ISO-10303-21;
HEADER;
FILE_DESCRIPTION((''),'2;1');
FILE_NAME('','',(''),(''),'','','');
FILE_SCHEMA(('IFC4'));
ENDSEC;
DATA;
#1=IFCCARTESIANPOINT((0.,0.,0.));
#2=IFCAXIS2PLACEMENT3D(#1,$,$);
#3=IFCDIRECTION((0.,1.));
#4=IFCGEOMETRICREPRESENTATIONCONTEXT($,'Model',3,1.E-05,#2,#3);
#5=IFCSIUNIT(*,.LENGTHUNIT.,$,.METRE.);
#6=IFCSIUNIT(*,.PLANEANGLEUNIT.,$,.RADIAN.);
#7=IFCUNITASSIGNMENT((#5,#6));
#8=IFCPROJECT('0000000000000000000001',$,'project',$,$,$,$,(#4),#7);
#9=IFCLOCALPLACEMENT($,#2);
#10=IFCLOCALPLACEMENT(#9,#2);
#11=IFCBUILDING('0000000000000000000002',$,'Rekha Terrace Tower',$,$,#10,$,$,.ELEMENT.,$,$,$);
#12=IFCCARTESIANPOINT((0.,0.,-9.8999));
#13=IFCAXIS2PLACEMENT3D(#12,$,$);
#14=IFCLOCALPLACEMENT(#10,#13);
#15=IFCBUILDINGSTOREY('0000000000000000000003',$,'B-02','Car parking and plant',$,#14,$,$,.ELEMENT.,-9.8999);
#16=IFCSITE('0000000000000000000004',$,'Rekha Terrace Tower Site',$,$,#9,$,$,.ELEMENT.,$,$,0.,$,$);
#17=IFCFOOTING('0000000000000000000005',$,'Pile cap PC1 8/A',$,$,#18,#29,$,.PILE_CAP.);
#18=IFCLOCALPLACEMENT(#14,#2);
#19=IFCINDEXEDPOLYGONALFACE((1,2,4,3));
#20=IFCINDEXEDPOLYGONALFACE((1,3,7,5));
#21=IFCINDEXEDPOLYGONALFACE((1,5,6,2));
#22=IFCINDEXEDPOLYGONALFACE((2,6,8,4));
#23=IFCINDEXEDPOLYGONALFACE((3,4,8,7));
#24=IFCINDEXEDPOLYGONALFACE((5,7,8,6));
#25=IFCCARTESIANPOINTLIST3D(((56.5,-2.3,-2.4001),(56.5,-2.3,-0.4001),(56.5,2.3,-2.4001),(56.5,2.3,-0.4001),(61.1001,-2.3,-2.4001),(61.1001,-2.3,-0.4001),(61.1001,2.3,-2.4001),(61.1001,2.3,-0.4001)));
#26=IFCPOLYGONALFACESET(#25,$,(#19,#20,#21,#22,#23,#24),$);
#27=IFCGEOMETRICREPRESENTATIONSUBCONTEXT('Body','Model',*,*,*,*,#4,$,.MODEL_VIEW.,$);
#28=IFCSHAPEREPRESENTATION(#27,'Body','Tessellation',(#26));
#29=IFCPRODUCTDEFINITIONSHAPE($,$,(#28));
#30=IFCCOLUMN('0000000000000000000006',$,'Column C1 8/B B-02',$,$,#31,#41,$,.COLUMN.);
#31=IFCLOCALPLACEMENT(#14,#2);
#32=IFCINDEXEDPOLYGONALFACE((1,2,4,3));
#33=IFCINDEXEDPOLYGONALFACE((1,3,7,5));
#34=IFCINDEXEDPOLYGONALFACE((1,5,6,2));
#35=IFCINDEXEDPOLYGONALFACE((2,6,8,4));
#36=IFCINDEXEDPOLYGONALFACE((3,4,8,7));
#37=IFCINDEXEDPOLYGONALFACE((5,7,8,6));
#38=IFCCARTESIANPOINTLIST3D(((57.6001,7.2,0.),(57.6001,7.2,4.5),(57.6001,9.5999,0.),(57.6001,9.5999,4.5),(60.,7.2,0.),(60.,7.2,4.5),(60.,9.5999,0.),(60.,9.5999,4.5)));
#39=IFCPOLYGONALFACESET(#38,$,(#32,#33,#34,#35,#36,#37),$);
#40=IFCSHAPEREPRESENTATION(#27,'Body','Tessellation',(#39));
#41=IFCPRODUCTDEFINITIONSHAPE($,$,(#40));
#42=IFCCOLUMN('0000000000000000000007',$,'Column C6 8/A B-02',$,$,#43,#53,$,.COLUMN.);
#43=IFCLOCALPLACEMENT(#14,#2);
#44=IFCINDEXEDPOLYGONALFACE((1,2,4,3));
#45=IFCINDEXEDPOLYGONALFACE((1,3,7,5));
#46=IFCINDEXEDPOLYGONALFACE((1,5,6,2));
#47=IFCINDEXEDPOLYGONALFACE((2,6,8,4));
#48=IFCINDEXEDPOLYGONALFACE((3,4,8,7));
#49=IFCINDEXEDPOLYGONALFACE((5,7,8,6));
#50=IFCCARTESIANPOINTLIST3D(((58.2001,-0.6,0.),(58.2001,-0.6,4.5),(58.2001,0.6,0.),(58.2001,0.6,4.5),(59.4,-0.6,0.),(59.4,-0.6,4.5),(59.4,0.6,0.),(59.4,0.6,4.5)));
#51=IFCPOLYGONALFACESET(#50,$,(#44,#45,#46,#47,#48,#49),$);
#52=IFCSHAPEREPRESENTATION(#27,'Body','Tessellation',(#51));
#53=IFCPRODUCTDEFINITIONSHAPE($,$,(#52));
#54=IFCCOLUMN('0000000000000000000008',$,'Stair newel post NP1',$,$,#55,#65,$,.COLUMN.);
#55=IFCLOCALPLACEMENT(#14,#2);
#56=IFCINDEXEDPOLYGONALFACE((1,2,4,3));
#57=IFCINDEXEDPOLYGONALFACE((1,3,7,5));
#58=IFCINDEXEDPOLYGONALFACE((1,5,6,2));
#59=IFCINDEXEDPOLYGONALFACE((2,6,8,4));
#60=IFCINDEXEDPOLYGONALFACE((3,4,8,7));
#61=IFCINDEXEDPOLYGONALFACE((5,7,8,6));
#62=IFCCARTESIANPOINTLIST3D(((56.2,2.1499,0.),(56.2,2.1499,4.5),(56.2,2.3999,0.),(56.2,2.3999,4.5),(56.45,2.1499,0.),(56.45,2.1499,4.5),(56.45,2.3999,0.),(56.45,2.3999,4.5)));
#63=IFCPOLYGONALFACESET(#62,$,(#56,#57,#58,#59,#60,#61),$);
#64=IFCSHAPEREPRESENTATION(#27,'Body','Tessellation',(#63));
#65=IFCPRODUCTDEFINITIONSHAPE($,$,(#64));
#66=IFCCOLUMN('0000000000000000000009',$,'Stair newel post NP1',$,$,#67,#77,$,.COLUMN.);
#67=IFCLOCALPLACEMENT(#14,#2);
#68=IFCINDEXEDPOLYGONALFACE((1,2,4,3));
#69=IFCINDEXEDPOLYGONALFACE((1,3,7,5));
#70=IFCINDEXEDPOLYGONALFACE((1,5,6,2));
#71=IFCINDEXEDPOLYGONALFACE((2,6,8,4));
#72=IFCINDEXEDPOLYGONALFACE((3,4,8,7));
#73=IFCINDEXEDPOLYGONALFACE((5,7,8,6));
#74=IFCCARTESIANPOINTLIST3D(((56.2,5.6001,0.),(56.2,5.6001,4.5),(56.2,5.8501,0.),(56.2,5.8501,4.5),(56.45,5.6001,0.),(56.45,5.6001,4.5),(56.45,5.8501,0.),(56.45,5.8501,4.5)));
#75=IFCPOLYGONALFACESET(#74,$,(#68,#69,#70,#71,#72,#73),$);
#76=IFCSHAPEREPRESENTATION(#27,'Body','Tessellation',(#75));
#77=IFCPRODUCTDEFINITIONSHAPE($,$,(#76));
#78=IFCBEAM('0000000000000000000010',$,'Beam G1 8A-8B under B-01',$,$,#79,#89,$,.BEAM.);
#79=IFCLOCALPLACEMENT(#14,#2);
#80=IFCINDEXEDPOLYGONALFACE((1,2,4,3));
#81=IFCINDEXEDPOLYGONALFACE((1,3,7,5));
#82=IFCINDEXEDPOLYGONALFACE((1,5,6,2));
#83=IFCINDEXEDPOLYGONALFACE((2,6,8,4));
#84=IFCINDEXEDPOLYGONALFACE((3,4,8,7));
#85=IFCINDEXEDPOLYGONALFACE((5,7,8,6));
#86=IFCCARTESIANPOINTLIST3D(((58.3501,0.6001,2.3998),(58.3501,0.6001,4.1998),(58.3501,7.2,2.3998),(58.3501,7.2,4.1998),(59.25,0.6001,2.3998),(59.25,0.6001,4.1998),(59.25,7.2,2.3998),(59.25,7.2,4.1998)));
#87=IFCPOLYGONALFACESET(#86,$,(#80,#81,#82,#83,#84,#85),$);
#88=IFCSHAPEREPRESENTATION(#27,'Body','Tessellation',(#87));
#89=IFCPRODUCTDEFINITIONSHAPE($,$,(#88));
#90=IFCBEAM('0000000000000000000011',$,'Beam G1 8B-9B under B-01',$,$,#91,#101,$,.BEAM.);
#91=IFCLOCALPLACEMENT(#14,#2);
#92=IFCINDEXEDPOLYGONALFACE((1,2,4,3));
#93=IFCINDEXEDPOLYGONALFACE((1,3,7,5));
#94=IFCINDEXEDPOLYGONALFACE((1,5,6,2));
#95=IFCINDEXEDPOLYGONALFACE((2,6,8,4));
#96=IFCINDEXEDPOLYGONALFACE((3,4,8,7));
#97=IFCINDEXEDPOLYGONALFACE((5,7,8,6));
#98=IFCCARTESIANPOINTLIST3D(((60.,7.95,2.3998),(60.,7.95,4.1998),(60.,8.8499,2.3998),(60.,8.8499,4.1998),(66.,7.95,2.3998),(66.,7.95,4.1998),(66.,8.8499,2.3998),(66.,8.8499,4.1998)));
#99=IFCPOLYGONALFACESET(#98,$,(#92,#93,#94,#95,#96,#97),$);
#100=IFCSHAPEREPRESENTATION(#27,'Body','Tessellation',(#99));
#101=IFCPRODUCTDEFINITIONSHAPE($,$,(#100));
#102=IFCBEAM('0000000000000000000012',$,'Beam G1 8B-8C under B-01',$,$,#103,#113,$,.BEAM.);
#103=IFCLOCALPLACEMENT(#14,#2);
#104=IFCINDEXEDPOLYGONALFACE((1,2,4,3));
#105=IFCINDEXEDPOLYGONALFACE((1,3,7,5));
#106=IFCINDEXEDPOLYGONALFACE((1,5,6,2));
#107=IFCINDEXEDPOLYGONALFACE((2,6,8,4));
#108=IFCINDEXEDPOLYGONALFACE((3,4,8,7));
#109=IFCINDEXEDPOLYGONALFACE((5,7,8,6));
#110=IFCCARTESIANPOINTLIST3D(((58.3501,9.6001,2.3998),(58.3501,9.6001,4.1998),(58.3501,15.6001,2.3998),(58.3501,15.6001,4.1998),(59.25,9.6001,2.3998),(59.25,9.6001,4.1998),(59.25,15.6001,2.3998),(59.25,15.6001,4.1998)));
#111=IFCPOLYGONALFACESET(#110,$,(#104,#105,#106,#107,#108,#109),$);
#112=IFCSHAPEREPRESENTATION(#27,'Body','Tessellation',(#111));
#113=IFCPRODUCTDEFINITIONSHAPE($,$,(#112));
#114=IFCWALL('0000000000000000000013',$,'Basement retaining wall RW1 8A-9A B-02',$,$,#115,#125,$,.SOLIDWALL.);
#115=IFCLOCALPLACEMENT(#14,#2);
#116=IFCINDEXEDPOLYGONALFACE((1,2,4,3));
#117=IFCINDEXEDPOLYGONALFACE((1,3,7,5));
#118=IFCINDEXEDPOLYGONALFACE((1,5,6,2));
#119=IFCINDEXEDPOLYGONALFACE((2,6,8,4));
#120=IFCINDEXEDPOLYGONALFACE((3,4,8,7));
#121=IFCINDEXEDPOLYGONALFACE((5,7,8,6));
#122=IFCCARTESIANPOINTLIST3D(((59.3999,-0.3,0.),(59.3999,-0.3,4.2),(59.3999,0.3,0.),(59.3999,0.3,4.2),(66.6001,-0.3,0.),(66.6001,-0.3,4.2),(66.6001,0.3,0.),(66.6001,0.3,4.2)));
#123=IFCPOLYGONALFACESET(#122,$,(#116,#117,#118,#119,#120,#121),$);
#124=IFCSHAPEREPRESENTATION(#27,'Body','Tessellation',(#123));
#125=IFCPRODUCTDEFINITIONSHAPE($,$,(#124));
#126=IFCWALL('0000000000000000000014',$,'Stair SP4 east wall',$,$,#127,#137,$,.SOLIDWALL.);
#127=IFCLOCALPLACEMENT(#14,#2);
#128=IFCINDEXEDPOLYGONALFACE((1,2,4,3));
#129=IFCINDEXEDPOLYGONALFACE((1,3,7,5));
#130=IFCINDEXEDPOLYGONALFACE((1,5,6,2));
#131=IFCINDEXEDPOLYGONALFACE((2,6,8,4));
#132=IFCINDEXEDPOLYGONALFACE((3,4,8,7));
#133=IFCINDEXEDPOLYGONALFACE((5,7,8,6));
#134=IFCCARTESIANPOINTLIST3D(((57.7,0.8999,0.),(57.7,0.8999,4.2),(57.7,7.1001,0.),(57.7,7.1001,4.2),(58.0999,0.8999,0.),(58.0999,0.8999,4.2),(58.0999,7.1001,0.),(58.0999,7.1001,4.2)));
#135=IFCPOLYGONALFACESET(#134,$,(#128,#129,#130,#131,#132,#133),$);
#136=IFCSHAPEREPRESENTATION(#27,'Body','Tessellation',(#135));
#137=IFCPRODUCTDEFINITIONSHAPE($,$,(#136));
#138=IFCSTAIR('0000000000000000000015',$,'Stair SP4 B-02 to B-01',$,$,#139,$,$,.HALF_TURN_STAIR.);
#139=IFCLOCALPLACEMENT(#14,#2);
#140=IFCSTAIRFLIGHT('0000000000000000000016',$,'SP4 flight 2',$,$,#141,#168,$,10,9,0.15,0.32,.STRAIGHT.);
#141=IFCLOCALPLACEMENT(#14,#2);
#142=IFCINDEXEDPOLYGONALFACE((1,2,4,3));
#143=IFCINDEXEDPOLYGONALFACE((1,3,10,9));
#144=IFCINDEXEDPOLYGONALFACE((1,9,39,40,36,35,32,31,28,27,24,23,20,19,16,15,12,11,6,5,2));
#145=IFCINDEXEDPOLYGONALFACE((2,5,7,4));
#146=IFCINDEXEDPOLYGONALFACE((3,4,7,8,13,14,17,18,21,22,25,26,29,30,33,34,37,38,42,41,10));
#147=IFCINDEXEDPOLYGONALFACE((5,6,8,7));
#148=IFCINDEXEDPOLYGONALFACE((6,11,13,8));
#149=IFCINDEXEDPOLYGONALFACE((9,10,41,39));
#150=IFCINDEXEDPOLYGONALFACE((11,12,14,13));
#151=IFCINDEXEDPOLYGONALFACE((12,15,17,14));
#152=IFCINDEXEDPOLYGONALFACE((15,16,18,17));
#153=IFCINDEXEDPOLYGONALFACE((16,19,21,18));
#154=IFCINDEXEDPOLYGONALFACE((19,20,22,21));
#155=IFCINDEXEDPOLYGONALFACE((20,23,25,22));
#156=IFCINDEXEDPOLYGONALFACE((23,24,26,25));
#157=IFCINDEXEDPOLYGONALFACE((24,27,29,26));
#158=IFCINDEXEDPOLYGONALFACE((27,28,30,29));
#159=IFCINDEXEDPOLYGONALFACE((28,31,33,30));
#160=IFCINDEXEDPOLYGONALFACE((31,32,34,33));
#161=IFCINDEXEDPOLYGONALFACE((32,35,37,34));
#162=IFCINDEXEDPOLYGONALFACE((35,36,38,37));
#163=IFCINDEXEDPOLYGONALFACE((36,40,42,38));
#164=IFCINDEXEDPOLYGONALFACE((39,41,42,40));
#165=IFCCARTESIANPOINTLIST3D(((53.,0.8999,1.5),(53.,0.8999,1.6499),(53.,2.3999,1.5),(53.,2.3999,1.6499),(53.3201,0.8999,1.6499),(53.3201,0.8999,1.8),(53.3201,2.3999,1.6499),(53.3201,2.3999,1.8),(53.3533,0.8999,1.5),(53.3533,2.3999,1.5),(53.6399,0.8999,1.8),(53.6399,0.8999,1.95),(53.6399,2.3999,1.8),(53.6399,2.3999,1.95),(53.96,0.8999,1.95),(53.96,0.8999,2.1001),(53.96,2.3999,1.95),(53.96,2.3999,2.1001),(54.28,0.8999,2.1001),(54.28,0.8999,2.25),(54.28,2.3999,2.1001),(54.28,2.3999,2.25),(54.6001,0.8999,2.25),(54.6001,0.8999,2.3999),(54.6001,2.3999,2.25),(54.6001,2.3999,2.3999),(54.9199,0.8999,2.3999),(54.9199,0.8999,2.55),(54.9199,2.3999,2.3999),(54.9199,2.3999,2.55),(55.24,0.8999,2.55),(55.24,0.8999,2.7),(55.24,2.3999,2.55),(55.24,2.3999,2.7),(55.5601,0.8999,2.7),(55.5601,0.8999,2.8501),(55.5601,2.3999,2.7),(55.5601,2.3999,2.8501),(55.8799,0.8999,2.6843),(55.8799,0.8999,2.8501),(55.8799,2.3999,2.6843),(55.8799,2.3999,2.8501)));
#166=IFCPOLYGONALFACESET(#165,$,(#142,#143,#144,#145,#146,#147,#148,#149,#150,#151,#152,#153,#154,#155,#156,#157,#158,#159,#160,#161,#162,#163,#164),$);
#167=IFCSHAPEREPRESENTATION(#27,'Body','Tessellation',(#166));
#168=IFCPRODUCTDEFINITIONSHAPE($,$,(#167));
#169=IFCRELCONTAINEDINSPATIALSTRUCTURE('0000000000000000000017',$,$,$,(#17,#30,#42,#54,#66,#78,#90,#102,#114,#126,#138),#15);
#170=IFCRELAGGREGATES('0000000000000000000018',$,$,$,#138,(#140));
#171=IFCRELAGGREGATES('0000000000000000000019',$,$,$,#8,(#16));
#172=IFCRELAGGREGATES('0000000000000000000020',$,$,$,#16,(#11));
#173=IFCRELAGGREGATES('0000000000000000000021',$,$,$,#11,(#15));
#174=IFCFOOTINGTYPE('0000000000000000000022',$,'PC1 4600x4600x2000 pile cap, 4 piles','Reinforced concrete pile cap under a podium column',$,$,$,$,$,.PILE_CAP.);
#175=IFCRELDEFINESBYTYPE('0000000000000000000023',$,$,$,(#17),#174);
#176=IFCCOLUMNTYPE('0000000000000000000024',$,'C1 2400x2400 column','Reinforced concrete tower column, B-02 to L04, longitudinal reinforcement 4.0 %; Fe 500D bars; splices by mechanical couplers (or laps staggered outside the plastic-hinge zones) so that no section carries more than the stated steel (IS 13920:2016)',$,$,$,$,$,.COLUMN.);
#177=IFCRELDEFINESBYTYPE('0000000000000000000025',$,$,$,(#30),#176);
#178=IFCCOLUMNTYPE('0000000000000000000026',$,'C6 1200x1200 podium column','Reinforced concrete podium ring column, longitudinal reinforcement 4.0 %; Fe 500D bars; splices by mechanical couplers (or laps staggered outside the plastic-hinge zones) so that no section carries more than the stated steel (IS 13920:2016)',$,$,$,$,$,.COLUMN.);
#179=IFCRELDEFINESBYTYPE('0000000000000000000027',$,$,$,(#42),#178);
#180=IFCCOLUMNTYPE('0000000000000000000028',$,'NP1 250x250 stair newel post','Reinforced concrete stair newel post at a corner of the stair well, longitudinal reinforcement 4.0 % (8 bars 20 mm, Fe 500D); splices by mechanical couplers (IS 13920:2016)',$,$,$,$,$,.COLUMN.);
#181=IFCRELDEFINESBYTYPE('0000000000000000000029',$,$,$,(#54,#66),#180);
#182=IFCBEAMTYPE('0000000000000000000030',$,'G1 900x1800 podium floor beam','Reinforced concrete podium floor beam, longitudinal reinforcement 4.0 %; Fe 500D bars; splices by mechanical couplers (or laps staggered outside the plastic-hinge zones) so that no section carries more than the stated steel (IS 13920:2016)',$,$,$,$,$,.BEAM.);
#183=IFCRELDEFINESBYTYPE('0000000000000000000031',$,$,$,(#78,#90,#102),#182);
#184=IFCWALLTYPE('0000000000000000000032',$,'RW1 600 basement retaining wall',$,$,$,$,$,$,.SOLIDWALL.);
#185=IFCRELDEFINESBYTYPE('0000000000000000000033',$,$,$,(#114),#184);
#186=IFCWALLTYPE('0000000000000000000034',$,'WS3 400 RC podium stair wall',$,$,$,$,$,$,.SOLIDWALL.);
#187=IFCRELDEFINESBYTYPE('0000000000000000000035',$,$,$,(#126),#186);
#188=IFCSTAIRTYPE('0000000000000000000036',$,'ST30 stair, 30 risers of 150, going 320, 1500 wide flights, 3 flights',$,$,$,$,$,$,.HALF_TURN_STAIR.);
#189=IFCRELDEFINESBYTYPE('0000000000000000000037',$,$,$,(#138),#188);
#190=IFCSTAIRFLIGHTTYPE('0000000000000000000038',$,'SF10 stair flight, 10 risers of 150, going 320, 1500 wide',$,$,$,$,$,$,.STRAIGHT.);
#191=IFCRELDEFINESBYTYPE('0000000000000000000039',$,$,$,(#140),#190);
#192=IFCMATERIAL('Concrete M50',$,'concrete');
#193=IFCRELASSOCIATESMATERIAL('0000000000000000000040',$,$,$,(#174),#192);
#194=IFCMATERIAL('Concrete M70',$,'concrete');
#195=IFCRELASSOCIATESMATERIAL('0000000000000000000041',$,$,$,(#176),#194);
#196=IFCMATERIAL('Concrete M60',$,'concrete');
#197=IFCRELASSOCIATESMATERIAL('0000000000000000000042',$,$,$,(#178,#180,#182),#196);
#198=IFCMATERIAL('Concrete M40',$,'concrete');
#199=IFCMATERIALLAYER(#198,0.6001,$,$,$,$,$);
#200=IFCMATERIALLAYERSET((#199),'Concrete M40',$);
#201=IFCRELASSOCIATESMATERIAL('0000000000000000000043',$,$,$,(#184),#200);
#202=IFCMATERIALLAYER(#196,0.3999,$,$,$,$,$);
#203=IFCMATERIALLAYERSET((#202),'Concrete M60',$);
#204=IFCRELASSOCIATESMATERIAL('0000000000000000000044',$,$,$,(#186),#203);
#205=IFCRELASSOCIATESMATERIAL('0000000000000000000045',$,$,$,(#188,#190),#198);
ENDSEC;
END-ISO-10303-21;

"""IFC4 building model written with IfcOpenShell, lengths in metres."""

from ifc_helpers import new_model, si_unit, direction, frame, frame_2d, origin, origin_2d, place, context, subcontext, project, spatial, polyline, rectangle, outline, extrude, material, layer, layer_set, material_profile, profile_set, type_object, element, aggregate, save


model = new_model("IFC4")

# Units and contexts
model_context = context("Model", 3, precision=1e-05, world=origin(), true_north=direction((0.0, 1.0)))
body_context = subcontext(model_context, "Body", "Model", "MODEL_VIEW")
ifc_project = project(units=[si_unit("LENGTHUNIT", "METRE"), si_unit("PLANEANGLEUNIT", "RADIAN")], contexts=[model_context])

# Site, building, storey
site_placement = place(None, origin())
site = spatial("IfcSite", under=ifc_project, at=site_placement, Name="Rekha Terrace Tower Site", CompositionType="ELEMENT", RefElevation=0.0)
building_placement = place(site_placement, origin())
building = spatial("IfcBuilding", under=site, at=building_placement, Name="Rekha Terrace Tower", CompositionType="ELEMENT")
storey_placement = place(building_placement, frame((0.0, 0.0, -9.8999)))
storey = spatial("IfcBuildingStorey", under=building, at=storey_placement, Name="B-02", Description="Car parking and plant", CompositionType="ELEMENT", Elevation=-9.8999)

# Shared definitions
ifc_material_1 = material(Name="Concrete M50", Category="concrete")

# Footing
footing_type_1 = type_object("IfcFootingType", Name="PC1 4600x4600x2000 pile cap, 4 piles", Description="Reinforced concrete pile cap under a podium column", PredefinedType="PILE_CAP", material=ifc_material_1)
footing_1_placement = place(storey_placement, frame((58.8, 0.0, -2.4001), z_axis=(0.0, 0.0, 1.0), x_axis=(1.0, 0.0, 0.0)))
element("IfcFooting", 1, at=footing_1_placement, inside=storey, type_object=footing_type_1, Name="Pile cap PC1 8/A", PredefinedType="PILE_CAP", context=body_context, shape_type="SweptSolid", body=[
    extrude(rectangle(XDim=4.6001, YDim=4.6001, at=origin_2d()), origin(), (0.0, 0.0, 1.0), 2.0),
])

# Columns
ifc_material_2 = material(Name="Concrete M70", Category="concrete")
ifc_material_profile_1 = material_profile(ifc_material_2, rectangle(XDim=2.3999, YDim=2.3999, at=origin_2d()), Name="RC 2400x2400")
ifc_profile_set_1 = profile_set([ifc_material_profile_1], Name="Concrete M70")
column_type_1 = type_object("IfcColumnType", Name="C1 2400x2400 column", Description="Reinforced concrete tower column, B-02 to L04, longitudinal reinforcement 4.0 %; Fe 500D bars; splices by mechanical couplers (or laps staggered outside the plastic-hinge zones) so that no section carries more than the stated steel (IS 13920:2016)", PredefinedType="COLUMN", material=ifc_profile_set_1)
column_1_placement = place(storey_placement, frame((58.8, 8.3999, 0.0), z_axis=(0.0, 0.0, 1.0), x_axis=(1.0, 0.0, 0.0)))
element("IfcColumn", 2, at=column_1_placement, inside=storey, type_object=column_type_1, Name="Column C1 8/B B-02", PredefinedType="COLUMN", context=body_context, shape_type="SweptSolid", body=[
    extrude(rectangle(XDim=2.3999, YDim=2.3999, at=origin_2d()), origin(), (0.0, 0.0, 1.0), 4.5),
])
ifc_material_3 = material(Name="Concrete M60", Category="concrete")
ifc_material_profile_2 = material_profile(ifc_material_3, rectangle(XDim=1.2, YDim=1.2, at=origin_2d()), Name="RC 1200x1200")
ifc_profile_set_2 = profile_set([ifc_material_profile_2], Name="Concrete M60")
column_type_2 = type_object("IfcColumnType", Name="C6 1200x1200 podium column", Description="Reinforced concrete podium ring column, longitudinal reinforcement 4.0 %; Fe 500D bars; splices by mechanical couplers (or laps staggered outside the plastic-hinge zones) so that no section carries more than the stated steel (IS 13920:2016)", PredefinedType="COLUMN", material=ifc_profile_set_2)
column_2_placement = place(storey_placement, frame((58.8, 0.0, 0.0), z_axis=(0.0, 0.0, 1.0), x_axis=(1.0, 0.0, 0.0)))
element("IfcColumn", 3, at=column_2_placement, inside=storey, type_object=column_type_2, Name="Column C6 8/A B-02", PredefinedType="COLUMN", context=body_context, shape_type="SweptSolid", body=[
    extrude(rectangle(XDim=1.2, YDim=1.2, at=origin_2d()), origin(), (0.0, 0.0, 1.0), 4.5),
])
ifc_material_profile_3 = material_profile(ifc_material_3, rectangle(XDim=0.25, YDim=0.25, at=origin_2d()), Name="RC 250x250")
ifc_profile_set_3 = profile_set([ifc_material_profile_3], Name="Concrete M60")
column_type_3 = type_object("IfcColumnType", Name="NP1 250x250 stair newel post", Description="Reinforced concrete stair newel post at a corner of the stair well, longitudinal reinforcement 4.0 % (8 bars 20 mm, Fe 500D); splices by mechanical couplers (IS 13920:2016)", PredefinedType="COLUMN", material=ifc_profile_set_3)
for number, where, z_axis, x_axis, name in (
    (4, (56.325, 2.2749, 0.0), (0.0, 0.0, 1.0), (1.0, 0.0, 0.0), "Stair newel post NP1"),
    (5, (56.325, 5.7251, 0.0), (0.0, 0.0, 1.0), (1.0, 0.0, 0.0), "Stair newel post NP1"),
):
    element("IfcColumn", number, at=place(storey_placement, frame(where, z_axis=z_axis, x_axis=x_axis)), inside=storey, type_object=column_type_3, Name=name, PredefinedType="COLUMN", context=body_context, shape_type="SweptSolid", body=[
        extrude(rectangle(XDim=0.25, YDim=0.25, at=origin_2d()), origin(), (0.0, 0.0, 1.0), 4.5),
    ])

# Beams
ifc_material_profile_4 = material_profile(ifc_material_3, rectangle(XDim=0.8999, YDim=1.8, at=origin_2d()), Name="RC 900x1800")
ifc_profile_set_4 = profile_set([ifc_material_profile_4], Name="Concrete M60")
beam_type = type_object("IfcBeamType", Name="G1 900x1800 podium floor beam", Description="Reinforced concrete podium floor beam, longitudinal reinforcement 4.0 %; Fe 500D bars; splices by mechanical couplers (or laps staggered outside the plastic-hinge zones) so that no section carries more than the stated steel (IS 13920:2016)", PredefinedType="BEAM", material=ifc_profile_set_4)
beam_placement = place(storey_placement, frame((58.8, 0.6001, 3.2998), z_axis=(0.0, 1.0, 0.0), x_axis=(-1.0, 0.0, 0.0)))
element("IfcBeam", 6, at=beam_placement, inside=storey, type_object=beam_type, Name="Beam G1 8A-8B under B-01", PredefinedType="BEAM", context=body_context, shape_type="SweptSolid", body=[
    extrude(rectangle(XDim=0.8999, YDim=1.8, at=origin_2d()), origin(), (0.0, 0.0, 1.0), 6.5999),
])
for number, where, z_axis, x_axis, name in (
    (7, (60.0, 8.3999, 3.2998), (1.0, 0.0, 0.0), (0.0, 1.0, 0.0), "Beam G1 8B-9B under B-01"),
    (8, (58.8, 9.6001, 3.2998), (0.0, 1.0, 0.0), (-1.0, 0.0, 0.0), "Beam G1 8B-8C under B-01"),
):
    element("IfcBeam", number, at=place(storey_placement, frame(where, z_axis=z_axis, x_axis=x_axis)), inside=storey, type_object=beam_type, Name=name, PredefinedType="BEAM", context=body_context, shape_type="SweptSolid", body=[
        extrude(rectangle(XDim=0.8999, YDim=1.8, at=origin_2d()), origin(), (0.0, 0.0, 1.0), 6.0),
    ])

# Walls
ifc_material_4 = material(Name="Concrete M40", Category="concrete")
ifc_layer_1 = layer(ifc_material_4, 0.6001)
ifc_layer_set_1 = layer_set([ifc_layer_1], Name="Concrete M40")
wall_type_1 = type_object("IfcWallType", Name="RW1 600 basement retaining wall", PredefinedType="SOLIDWALL", material=ifc_layer_set_1)
wall_1_placement = place(storey_placement, frame((59.3999, 0.0, 0.0), z_axis=(0.0, 0.0, 1.0), x_axis=(1.0, 0.0, 0.0)))
element("IfcWall", 9, at=wall_1_placement, inside=storey, type_object=wall_type_1, Name="Basement retaining wall RW1 8A-9A B-02", PredefinedType="SOLIDWALL", context=body_context, shape_type="SweptSolid", body=[
    extrude(rectangle(XDim=7.2002, YDim=0.6001, at=frame_2d((3.6001, 0.0))), origin(), (0.0, 0.0, 1.0), 4.2),
])
ifc_layer_2 = layer(ifc_material_3, 0.3999)
ifc_layer_set_2 = layer_set([ifc_layer_2], Name="Concrete M60")
wall_type_2 = type_object("IfcWallType", Name="WS3 400 RC podium stair wall", PredefinedType="SOLIDWALL", material=ifc_layer_set_2)
wall_2_placement = place(storey_placement, frame((57.8999, 0.8999, 0.0), z_axis=(0.0, 0.0, 1.0), x_axis=(0.0, 1.0, 0.0)))
element("IfcWall", 10, at=wall_2_placement, inside=storey, type_object=wall_type_2, Name="Stair SP4 east wall", PredefinedType="SOLIDWALL", context=body_context, shape_type="SweptSolid", body=[
    extrude(rectangle(XDim=6.2002, YDim=0.3999, at=frame_2d((3.1001, 0.0))), origin(), (0.0, 0.0, 1.0), 4.2),
])

# Stair, stair flight
stair_type = type_object("IfcStairType", Name="ST30 stair, 30 risers of 150, going 320, 1500 wide flights, 3 flights", PredefinedType="HALF_TURN_STAIR", material=ifc_material_4)
stair_placement = place(storey_placement, origin())
stair = element("IfcStair", 11, at=stair_placement, inside=storey, type_object=stair_type, Name="Stair SP4 B-02 to B-01", PredefinedType="HALF_TURN_STAIR")
stair_flight_type = type_object("IfcStairFlightType", Name="SF10 stair flight, 10 risers of 150, going 320, 1500 wide", PredefinedType="STRAIGHT", material=ifc_material_4)
stair_flight_1_placement = place(storey_placement, frame((53.0, 1.6499, 1.5), z_axis=(0.0, 0.0, 1.0), x_axis=(1.0, 0.0, 0.0)))
stair_flight_1 = element("IfcStairFlight", 12, at=stair_flight_1_placement, type_object=stair_flight_type, Name="SP4 flight 2", NumberOfRisers=10, NumberOfTreads=9, PredefinedType="STRAIGHT", RiserHeight=0.15, TreadLength=0.32, context=body_context, shape_type="SweptSolid", body=[
    extrude(outline(polyline([(0.0, 0.0), (0.0, 0.1499), (0.3201, 0.1499), (0.3201, 0.3), (0.6399, 0.3), (0.6399, 0.45), (0.96, 0.45), (0.96, 0.6001), (1.28, 0.6001), (1.28, 0.75), (1.6001, 0.75), (1.6001, 0.8999), (1.9199, 0.8999), (1.9199, 1.05), (2.24, 1.05), (2.24, 1.2), (2.5601, 1.2), (2.5601, 1.3501), (2.8799, 1.3501), (2.8799, 1.5), (2.8799, 1.1843), (0.3533, 0.0), (0.0, 0.0)])), frame((0.0, 0.75, 0.0), z_axis=(0.0, -1.0, 0.0), x_axis=(1.0, 0.0, 0.0)), (0.0, 0.0, 1.0), 1.5),
])
aggregate(stair, [stair_flight_1])

save(model, "model.ifc")
